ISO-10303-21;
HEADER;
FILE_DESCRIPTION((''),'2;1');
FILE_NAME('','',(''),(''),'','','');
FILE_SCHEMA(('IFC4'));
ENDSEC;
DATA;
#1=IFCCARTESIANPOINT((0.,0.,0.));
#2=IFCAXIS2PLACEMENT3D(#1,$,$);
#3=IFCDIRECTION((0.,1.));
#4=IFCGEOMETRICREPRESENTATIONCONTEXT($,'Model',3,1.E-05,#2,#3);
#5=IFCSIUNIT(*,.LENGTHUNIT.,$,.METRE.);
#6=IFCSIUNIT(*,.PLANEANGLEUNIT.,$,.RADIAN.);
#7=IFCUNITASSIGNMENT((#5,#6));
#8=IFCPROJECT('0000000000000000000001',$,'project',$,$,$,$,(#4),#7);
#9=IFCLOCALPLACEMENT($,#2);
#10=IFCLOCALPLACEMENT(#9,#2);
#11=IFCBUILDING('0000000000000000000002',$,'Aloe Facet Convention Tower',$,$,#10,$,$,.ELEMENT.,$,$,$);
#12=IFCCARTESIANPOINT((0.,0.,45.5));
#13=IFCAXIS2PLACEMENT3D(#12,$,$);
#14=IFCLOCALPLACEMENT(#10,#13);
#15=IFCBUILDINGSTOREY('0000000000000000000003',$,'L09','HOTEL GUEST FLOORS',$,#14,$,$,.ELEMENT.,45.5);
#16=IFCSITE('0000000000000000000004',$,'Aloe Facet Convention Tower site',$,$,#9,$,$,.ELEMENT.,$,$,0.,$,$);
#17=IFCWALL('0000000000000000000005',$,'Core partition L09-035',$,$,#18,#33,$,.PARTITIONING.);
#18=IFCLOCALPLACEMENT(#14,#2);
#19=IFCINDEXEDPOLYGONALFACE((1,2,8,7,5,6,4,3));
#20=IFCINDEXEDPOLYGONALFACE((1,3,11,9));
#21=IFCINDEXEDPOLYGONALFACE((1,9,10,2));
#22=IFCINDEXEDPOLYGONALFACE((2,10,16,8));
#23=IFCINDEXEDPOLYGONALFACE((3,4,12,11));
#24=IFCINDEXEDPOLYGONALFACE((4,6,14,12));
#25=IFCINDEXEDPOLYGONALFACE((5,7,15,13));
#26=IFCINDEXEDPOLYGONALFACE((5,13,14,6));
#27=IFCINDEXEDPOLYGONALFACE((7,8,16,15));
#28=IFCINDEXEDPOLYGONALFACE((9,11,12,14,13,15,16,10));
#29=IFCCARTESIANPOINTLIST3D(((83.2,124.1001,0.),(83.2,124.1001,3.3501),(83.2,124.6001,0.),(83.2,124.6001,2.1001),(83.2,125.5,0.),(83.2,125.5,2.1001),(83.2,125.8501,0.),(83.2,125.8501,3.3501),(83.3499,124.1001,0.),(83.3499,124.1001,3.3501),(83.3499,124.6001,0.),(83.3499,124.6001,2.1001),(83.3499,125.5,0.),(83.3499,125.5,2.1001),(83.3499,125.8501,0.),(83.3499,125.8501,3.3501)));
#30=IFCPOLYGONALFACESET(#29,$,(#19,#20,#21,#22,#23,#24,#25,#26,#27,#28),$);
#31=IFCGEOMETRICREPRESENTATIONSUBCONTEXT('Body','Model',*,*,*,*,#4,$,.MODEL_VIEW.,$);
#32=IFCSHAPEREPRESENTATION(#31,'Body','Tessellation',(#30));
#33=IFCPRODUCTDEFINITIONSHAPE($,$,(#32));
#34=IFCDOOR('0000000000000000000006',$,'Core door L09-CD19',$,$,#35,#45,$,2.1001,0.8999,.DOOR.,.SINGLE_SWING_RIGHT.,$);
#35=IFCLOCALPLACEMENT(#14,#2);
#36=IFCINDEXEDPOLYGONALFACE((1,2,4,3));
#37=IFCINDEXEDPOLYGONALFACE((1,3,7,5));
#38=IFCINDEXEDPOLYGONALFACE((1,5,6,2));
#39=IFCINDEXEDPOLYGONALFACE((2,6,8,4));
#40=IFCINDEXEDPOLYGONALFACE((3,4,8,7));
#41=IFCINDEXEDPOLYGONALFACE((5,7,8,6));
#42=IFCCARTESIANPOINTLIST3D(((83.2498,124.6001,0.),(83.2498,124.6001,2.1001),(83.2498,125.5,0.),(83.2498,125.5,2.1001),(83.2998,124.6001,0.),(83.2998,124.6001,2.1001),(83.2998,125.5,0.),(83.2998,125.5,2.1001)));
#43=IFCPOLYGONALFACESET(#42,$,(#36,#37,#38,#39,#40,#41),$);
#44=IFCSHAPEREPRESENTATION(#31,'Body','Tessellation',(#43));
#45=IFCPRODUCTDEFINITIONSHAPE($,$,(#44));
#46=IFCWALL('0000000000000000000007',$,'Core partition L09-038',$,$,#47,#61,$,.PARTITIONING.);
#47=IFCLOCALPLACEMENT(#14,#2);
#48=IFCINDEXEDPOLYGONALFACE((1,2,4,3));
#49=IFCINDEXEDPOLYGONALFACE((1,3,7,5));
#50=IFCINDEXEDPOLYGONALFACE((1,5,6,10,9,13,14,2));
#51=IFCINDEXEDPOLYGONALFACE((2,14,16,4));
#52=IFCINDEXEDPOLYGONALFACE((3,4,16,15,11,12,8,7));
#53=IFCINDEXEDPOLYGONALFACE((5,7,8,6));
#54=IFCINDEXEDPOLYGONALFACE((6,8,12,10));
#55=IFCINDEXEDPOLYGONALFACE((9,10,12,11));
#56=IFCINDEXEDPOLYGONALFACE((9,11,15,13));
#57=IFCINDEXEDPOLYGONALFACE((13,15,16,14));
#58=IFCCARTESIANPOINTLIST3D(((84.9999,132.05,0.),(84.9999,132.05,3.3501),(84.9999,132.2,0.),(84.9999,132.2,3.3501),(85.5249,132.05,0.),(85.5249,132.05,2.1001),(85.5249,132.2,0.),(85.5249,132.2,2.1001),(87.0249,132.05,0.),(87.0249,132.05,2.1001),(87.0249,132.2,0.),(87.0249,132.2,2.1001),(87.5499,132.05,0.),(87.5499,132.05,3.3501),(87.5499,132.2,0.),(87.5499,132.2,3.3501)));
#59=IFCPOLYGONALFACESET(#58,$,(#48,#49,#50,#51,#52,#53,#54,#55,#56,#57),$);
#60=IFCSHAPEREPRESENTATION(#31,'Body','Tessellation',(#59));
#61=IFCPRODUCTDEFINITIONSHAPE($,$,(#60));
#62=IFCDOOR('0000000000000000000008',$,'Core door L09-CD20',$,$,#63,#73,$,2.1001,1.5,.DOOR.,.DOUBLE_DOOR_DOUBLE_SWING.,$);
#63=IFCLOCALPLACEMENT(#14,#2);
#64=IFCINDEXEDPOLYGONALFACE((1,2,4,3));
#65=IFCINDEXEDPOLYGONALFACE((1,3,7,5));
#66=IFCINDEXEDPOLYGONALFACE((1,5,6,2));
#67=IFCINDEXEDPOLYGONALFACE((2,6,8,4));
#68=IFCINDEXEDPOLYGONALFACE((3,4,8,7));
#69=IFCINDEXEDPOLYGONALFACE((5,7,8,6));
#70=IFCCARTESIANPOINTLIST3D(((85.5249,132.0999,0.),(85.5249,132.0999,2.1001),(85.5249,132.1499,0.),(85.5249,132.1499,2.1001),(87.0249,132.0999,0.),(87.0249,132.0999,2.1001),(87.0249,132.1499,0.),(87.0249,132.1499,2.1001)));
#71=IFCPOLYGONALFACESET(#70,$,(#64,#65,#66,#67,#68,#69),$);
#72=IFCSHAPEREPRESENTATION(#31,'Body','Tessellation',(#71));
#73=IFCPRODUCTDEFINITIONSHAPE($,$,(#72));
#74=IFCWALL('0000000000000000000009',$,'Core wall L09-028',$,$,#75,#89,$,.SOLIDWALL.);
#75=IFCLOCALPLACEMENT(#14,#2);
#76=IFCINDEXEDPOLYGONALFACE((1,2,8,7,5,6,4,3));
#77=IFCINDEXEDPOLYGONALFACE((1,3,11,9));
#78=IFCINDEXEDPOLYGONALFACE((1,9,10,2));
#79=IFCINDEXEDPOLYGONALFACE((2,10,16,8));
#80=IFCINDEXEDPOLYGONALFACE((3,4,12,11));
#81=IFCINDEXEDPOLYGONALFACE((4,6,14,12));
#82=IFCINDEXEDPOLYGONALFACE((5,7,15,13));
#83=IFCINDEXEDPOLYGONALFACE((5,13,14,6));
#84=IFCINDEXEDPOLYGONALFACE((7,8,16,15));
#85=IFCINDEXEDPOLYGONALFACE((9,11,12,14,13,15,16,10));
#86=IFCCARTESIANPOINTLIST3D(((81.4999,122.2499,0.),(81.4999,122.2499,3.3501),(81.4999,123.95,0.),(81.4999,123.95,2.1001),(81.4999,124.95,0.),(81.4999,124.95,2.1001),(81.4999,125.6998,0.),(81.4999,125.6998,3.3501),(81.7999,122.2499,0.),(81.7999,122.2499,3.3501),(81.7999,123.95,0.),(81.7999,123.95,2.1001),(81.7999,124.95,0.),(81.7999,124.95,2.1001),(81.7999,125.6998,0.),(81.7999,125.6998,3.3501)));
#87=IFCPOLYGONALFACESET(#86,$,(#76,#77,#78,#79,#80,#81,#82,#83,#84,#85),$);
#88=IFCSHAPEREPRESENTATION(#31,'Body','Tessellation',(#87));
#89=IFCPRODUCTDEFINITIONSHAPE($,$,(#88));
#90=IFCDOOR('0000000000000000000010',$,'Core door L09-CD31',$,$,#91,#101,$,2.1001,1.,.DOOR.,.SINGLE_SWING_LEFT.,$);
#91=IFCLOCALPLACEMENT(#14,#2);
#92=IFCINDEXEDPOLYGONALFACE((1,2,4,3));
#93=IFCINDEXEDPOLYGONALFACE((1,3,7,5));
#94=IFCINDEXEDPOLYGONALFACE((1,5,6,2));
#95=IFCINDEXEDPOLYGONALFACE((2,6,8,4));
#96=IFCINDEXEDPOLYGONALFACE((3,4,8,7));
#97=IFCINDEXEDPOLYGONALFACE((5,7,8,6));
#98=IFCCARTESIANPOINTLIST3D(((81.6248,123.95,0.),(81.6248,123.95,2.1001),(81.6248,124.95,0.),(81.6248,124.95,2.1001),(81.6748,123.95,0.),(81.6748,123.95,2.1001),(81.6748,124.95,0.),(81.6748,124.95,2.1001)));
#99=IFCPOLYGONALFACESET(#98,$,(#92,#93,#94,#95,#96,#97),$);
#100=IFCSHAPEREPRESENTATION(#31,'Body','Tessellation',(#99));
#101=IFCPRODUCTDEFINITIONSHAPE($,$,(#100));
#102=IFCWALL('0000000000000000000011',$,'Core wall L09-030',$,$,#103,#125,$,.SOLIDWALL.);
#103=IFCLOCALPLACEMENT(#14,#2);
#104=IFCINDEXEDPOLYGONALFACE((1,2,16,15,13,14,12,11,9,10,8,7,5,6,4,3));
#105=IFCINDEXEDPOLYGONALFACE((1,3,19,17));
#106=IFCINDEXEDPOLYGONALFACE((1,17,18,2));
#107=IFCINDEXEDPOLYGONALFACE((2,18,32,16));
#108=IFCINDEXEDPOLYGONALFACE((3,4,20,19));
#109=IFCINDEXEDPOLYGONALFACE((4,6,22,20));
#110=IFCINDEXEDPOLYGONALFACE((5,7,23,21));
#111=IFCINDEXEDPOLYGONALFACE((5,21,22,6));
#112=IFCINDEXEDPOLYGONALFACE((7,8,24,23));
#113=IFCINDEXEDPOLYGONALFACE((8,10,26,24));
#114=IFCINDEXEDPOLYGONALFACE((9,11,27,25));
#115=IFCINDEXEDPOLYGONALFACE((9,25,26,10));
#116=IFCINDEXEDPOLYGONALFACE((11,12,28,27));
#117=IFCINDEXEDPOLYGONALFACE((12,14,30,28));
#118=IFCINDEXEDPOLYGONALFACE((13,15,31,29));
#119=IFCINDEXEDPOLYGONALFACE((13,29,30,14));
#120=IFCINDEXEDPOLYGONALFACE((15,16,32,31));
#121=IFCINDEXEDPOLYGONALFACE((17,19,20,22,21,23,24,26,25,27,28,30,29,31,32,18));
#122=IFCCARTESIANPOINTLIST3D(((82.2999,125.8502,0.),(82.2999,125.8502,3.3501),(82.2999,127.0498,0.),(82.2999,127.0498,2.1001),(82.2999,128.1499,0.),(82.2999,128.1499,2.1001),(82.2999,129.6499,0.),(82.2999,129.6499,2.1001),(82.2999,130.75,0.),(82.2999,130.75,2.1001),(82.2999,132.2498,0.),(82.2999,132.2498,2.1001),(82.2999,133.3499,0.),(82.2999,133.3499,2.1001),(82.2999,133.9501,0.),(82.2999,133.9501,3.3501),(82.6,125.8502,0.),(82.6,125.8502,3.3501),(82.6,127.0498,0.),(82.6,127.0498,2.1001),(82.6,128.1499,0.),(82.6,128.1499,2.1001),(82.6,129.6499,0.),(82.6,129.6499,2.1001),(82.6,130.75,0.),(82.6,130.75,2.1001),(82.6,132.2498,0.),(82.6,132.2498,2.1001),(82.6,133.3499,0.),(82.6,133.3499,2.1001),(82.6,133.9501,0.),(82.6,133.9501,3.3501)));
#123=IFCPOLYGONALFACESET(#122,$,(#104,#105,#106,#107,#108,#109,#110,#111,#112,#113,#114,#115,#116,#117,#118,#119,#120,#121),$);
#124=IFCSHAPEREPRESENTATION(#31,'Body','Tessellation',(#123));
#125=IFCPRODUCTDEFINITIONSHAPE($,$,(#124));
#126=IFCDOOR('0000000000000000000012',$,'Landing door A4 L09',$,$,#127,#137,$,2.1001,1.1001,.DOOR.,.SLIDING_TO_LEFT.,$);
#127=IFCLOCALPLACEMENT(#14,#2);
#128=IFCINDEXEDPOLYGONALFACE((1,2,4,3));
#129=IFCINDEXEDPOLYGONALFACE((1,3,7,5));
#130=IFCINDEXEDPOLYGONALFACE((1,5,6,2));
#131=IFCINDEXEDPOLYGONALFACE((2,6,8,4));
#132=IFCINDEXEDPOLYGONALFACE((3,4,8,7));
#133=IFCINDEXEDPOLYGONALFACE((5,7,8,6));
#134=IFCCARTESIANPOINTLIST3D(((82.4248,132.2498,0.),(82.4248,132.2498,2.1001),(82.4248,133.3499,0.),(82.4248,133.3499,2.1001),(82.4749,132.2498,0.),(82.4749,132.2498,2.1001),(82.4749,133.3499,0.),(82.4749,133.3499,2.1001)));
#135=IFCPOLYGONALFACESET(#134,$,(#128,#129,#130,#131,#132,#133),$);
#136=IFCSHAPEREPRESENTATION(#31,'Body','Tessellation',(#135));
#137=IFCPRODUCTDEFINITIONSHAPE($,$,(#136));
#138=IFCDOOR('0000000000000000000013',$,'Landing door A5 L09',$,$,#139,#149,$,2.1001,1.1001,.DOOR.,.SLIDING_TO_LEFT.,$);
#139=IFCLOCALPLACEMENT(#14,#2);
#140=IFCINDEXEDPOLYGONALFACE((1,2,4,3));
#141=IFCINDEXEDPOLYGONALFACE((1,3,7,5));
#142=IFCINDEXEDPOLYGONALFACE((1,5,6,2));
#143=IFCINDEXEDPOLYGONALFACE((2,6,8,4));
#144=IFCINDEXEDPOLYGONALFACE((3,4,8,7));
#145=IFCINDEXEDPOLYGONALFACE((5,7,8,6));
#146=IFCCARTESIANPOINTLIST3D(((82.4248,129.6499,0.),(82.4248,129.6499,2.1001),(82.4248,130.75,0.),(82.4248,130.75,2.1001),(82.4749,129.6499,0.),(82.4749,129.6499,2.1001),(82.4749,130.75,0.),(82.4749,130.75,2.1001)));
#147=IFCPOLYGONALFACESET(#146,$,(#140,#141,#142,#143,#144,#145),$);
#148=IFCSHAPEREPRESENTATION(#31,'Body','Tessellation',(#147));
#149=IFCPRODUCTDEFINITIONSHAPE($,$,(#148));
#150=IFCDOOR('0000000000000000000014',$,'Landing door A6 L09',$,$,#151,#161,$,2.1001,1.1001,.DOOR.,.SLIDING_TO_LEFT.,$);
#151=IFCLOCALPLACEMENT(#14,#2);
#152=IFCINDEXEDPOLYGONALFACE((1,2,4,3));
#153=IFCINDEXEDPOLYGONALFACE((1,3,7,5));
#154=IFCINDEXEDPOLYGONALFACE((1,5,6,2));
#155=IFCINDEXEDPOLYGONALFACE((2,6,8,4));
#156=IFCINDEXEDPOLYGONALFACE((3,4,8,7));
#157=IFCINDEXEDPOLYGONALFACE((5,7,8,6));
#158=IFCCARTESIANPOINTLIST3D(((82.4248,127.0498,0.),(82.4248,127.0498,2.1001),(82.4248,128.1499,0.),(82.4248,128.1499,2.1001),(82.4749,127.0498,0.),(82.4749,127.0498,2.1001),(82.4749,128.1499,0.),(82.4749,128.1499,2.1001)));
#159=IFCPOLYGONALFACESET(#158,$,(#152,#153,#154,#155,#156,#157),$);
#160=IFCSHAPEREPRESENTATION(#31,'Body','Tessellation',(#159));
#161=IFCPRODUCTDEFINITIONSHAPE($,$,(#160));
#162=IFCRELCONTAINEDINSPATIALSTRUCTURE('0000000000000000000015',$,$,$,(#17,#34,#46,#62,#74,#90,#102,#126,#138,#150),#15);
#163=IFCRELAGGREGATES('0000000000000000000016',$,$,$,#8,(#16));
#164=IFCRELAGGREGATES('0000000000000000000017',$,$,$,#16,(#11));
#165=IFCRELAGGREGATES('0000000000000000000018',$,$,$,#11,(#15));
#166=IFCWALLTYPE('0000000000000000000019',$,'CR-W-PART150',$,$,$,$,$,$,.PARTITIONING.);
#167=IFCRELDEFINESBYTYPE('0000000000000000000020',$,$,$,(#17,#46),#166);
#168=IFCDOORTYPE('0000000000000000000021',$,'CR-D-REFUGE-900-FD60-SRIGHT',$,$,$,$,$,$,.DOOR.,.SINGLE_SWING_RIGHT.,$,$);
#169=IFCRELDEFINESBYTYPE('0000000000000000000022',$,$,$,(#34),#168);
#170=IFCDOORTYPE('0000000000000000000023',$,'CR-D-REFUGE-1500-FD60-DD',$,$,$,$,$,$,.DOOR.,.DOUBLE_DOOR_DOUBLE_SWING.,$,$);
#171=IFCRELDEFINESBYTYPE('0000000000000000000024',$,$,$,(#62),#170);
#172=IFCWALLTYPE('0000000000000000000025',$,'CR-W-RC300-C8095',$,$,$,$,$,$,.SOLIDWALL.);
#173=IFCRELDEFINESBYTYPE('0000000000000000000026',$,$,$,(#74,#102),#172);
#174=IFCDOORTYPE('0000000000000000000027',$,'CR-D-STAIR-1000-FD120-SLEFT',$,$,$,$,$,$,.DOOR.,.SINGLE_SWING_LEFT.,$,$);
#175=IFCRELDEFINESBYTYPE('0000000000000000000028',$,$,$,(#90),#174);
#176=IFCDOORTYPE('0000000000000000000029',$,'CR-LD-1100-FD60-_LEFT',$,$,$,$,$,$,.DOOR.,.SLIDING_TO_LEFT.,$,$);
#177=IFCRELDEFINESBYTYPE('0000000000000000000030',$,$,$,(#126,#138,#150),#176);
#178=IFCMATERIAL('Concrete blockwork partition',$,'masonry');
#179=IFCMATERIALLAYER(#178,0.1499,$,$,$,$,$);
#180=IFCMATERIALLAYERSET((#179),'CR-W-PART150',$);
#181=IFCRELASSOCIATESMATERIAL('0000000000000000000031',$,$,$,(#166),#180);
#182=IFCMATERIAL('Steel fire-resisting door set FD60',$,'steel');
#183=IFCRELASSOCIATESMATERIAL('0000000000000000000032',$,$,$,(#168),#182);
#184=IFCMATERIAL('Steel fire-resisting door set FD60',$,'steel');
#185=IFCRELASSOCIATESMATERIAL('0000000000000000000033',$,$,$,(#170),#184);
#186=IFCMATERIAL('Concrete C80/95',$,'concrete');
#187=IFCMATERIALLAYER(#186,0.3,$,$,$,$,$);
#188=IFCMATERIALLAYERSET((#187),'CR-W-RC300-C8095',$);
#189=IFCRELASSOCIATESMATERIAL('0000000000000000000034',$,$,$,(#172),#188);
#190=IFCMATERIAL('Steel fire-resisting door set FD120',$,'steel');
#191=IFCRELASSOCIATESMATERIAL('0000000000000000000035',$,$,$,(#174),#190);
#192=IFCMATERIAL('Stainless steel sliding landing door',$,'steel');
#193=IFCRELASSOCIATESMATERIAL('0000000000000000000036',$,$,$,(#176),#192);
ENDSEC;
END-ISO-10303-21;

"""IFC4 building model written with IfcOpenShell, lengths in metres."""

from ifc_helpers import new_model, si_unit, direction, frame, frame_2d, origin, place, context, subcontext, project, spatial, rectangle, extrude, material, layer, layer_set, type_object, element, fill, save


model = new_model("IFC4")

# Units and contexts
model_context = context("Model", 3, precision=1e-05, world=origin(), true_north=direction((0.0, 1.0)))
body_context = subcontext(model_context, "Body", "Model", "MODEL_VIEW")
ifc_project = project(units=[si_unit("LENGTHUNIT", "METRE"), si_unit("PLANEANGLEUNIT", "RADIAN")], contexts=[model_context])

# Site, building, storey
site_placement = place(None, origin())
site = spatial("IfcSite", under=ifc_project, at=site_placement, Name="Aloe Facet Convention Tower site", CompositionType="ELEMENT", RefElevation=0.0)
building_placement = place(site_placement, origin())
building = spatial("IfcBuilding", under=site, at=building_placement, Name="Aloe Facet Convention Tower", CompositionType="ELEMENT")
storey_placement = place(building_placement, frame((0.0, 0.0, 45.5)))
storey = spatial("IfcBuildingStorey", under=building, at=storey_placement, Name="L09", Description="HOTEL GUEST FLOORS", CompositionType="ELEMENT", Elevation=45.5)

# Walls, openings, doors
ifc_material_1 = material(Name="Concrete blockwork partition", Category="masonry")
ifc_layer_1 = layer(ifc_material_1, 0.1499)
ifc_layer_set_1 = layer_set([ifc_layer_1], Name="CR-W-PART150")
wall_type_1 = type_object("IfcWallType", Name="CR-W-PART150", PredefinedType="PARTITIONING", material=ifc_layer_set_1)
wall_1_placement = place(storey_placement, frame((83.2749, 125.8501, 0.0), z_axis=(0.0, 0.0, 1.0), x_axis=(0.0, -1.0, 0.0)))
wall_1 = element("IfcWall", 1, at=wall_1_placement, inside=storey, type_object=wall_type_1, Name="Core partition L09-035", PredefinedType="PARTITIONING", context=body_context, shape_type="SweptSolid", body=[
    extrude(rectangle(XDim=1.75, YDim=0.1499, at=frame_2d((0.875, 0.0))), origin(), (0.0, 0.0, 1.0), 3.3501),
])
opening_1_placement = place(wall_1_placement, frame((0.3501, 0.0, 0.0)))
opening_1 = element("IfcOpeningElement", 2, at=opening_1_placement, cuts=wall_1, PredefinedType="OPENING", context=body_context, shape_type="SweptSolid", body=[
    extrude(rectangle(XDim=0.8999, YDim=2.1001, at=frame_2d((0.45, 1.05))), frame((0.0, 0.085, 0.0), z_axis=(0.0, -1.0, 0.0), x_axis=(1.0, 0.0, 0.0)), (0.0, 0.0, 1.0), 0.1699),
])
ifc_material_2 = material(Name="Steel fire-resisting door set FD60", Category="steel")
door_type_1 = type_object("IfcDoorType", Name="CR-D-REFUGE-900-FD60-SRIGHT", OperationType="SINGLE_SWING_RIGHT", PredefinedType="DOOR", material=ifc_material_2)
door_1_placement = place(opening_1_placement, origin())
door_1 = element("IfcDoor", 3, at=door_1_placement, inside=storey, type_object=door_type_1, Name="Core door L09-CD19", OperationType="SINGLE_SWING_RIGHT", OverallHeight=2.1001, OverallWidth=0.8999, PredefinedType="DOOR", context=body_context, shape_type="SweptSolid", body=[
    extrude(rectangle(XDim=0.8999, YDim=2.1001, at=frame_2d((0.45, 1.05))), frame((0.0, 0.0249, 0.0), z_axis=(0.0, -1.0, 0.0), x_axis=(1.0, 0.0, 0.0)), (0.0, 0.0, 1.0), 0.05),
])
fill(opening_1, door_1)
wall_2_placement = place(storey_placement, frame((85.0, 132.125, 0.0), z_axis=(0.0, 0.0, 1.0), x_axis=(1.0, 0.0, 0.0)))
wall_2 = element("IfcWall", 4, at=wall_2_placement, inside=storey, type_object=wall_type_1, Name="Core partition L09-038", PredefinedType="PARTITIONING", context=body_context, shape_type="SweptSolid", body=[
    extrude(rectangle(XDim=2.55, YDim=0.1499, at=frame_2d((1.2749, 0.0))), origin(), (0.0, 0.0, 1.0), 3.3501),
])
opening_2_placement = place(wall_2_placement, frame((0.5249, 0.0, 0.0)))
opening_2 = element("IfcOpeningElement", 5, at=opening_2_placement, cuts=wall_2, PredefinedType="OPENING", context=body_context, shape_type="SweptSolid", body=[
    extrude(rectangle(XDim=1.5, YDim=2.1001, at=frame_2d((0.75, 1.05))), frame((0.0, 0.085, 0.0), z_axis=(0.0, -1.0, 0.0), x_axis=(1.0, 0.0, 0.0)), (0.0, 0.0, 1.0), 0.1699),
])
ifc_material_3 = material(Name="Steel fire-resisting door set FD60", Category="steel")
door_type_2 = type_object("IfcDoorType", Name="CR-D-REFUGE-1500-FD60-DD", OperationType="DOUBLE_DOOR_DOUBLE_SWING", PredefinedType="DOOR", material=ifc_material_3)
door_2_placement = place(opening_2_placement, origin())
door_2 = element("IfcDoor", 6, at=door_2_placement, inside=storey, type_object=door_type_2, Name="Core door L09-CD20", OperationType="DOUBLE_DOOR_DOUBLE_SWING", OverallHeight=2.1001, OverallWidth=1.5, PredefinedType="DOOR", context=body_context, shape_type="SweptSolid", body=[
    extrude(rectangle(XDim=1.5, YDim=2.1001, at=frame_2d((0.75, 1.05))), frame((0.0, 0.0249, 0.0), z_axis=(0.0, -1.0, 0.0), x_axis=(1.0, 0.0, 0.0)), (0.0, 0.0, 1.0), 0.05),
])
fill(opening_2, door_2)
ifc_material_4 = material(Name="Concrete C80/95", Category="concrete")
ifc_layer_2 = layer(ifc_material_4, 0.3)
ifc_layer_set_2 = layer_set([ifc_layer_2], Name="CR-W-RC300-C8095")
wall_type_2 = type_object("IfcWallType", Name="CR-W-RC300-C8095", PredefinedType="SOLIDWALL", material=ifc_layer_set_2)
wall_3_placement = place(storey_placement, frame((81.6499, 125.7, 0.0), z_axis=(0.0, 0.0, 1.0), x_axis=(0.0, -1.0, 0.0)))
wall_3 = element("IfcWall", 7, at=wall_3_placement, inside=storey, type_object=wall_type_2, Name="Core wall L09-028", PredefinedType="SOLIDWALL", context=body_context, shape_type="SweptSolid", body=[
    extrude(rectangle(XDim=3.45, YDim=0.3, at=frame_2d((1.7251, 0.0))), origin(), (0.0, 0.0, 1.0), 3.3501),
])
opening_3_placement = place(wall_3_placement, frame((0.75, 0.0, 0.0)))
opening_3 = element("IfcOpeningElement", 8, at=opening_3_placement, cuts=wall_3, PredefinedType="OPENING", context=body_context, shape_type="SweptSolid", body=[
    extrude(rectangle(XDim=1.0, YDim=2.1001, at=frame_2d((0.5, 1.05))), frame((0.0, 0.1602, 0.0), z_axis=(0.0, -1.0, 0.0), x_axis=(1.0, 0.0, 0.0)), (0.0, 0.0, 1.0), 0.3201),
])
ifc_material_5 = material(Name="Steel fire-resisting door set FD120", Category="steel")
door_type_3 = type_object("IfcDoorType", Name="CR-D-STAIR-1000-FD120-SLEFT", OperationType="SINGLE_SWING_LEFT", PredefinedType="DOOR", material=ifc_material_5)
door_3_placement = place(opening_3_placement, origin())
door_3 = element("IfcDoor", 9, at=door_3_placement, inside=storey, type_object=door_type_3, Name="Core door L09-CD31", OperationType="SINGLE_SWING_LEFT", OverallHeight=2.1001, OverallWidth=1.0, PredefinedType="DOOR", context=body_context, shape_type="SweptSolid", body=[
    extrude(rectangle(XDim=1.0, YDim=2.1001, at=frame_2d((0.5, 1.05))), frame((0.0, 0.0249, 0.0), z_axis=(0.0, -1.0, 0.0), x_axis=(1.0, 0.0, 0.0)), (0.0, 0.0, 1.0), 0.05),
])
fill(opening_3, door_3)

# Wall, openings, doors
wall_4_placement = place(storey_placement, frame((82.45, 133.95, 0.0), z_axis=(0.0, 0.0, 1.0), x_axis=(0.0, -1.0, 0.0)))
wall_4 = element("IfcWall", 10, at=wall_4_placement, inside=storey, type_object=wall_type_2, Name="Core wall L09-030", PredefinedType="SOLIDWALL", context=body_context, shape_type="SweptSolid", body=[
    extrude(rectangle(XDim=8.0999, YDim=0.3, at=frame_2d((4.0498, 0.0))), origin(), (0.0, 0.0, 1.0), 3.3501),
])
opening_4_placement = place(wall_4_placement, frame((0.6001, 0.0, 0.0)))
opening_4 = element("IfcOpeningElement", 11, at=opening_4_placement, cuts=wall_4, PredefinedType="OPENING", context=body_context, shape_type="SweptSolid", body=[
    extrude(rectangle(XDim=1.1001, YDim=2.1001, at=frame_2d((0.55, 1.05))), frame((0.0, 0.1602, 0.0), z_axis=(0.0, -1.0, 0.0), x_axis=(1.0, 0.0, 0.0)), (0.0, 0.0, 1.0), 0.3201),
])
opening_5_placement = place(wall_4_placement, frame((3.2, 0.0, 0.0)))
opening_5 = element("IfcOpeningElement", 12, at=opening_5_placement, cuts=wall_4, PredefinedType="OPENING", context=body_context, shape_type="SweptSolid", body=[
    extrude(rectangle(XDim=1.1001, YDim=2.1001, at=frame_2d((0.55, 1.05))), frame((0.0, 0.1602, 0.0), z_axis=(0.0, -1.0, 0.0), x_axis=(1.0, 0.0, 0.0)), (0.0, 0.0, 1.0), 0.3201),
])
opening_6_placement = place(wall_4_placement, frame((5.8, 0.0, 0.0)))
opening_6 = element("IfcOpeningElement", 13, at=opening_6_placement, cuts=wall_4, PredefinedType="OPENING", context=body_context, shape_type="SweptSolid", body=[
    extrude(rectangle(XDim=1.1001, YDim=2.1001, at=frame_2d((0.55, 1.05))), frame((0.0, 0.1602, 0.0), z_axis=(0.0, -1.0, 0.0), x_axis=(1.0, 0.0, 0.0)), (0.0, 0.0, 1.0), 0.3201),
])
ifc_material_6 = material(Name="Stainless steel sliding landing door", Category="steel")
door_type_4 = type_object("IfcDoorType", Name="CR-LD-1100-FD60-_LEFT", OperationType="SLIDING_TO_LEFT", PredefinedType="DOOR", material=ifc_material_6)
door_4_placement = place(opening_4_placement, origin())
door_4 = element("IfcDoor", 14, at=door_4_placement, inside=storey, type_object=door_type_4, Name="Landing door A4 L09", OperationType="SLIDING_TO_LEFT", OverallHeight=2.1001, OverallWidth=1.1001, PredefinedType="DOOR", context=body_context, shape_type="SweptSolid", body=[
    extrude(rectangle(XDim=1.1001, YDim=2.1001, at=frame_2d((0.55, 1.05))), frame((0.0, 0.0249, 0.0), z_axis=(0.0, -1.0, 0.0), x_axis=(1.0, 0.0, 0.0)), (0.0, 0.0, 1.0), 0.05),
])
fill(opening_4, door_4)
door_5_placement = place(opening_5_placement, origin())
door_5 = element("IfcDoor", 15, at=door_5_placement, inside=storey, type_object=door_type_4, Name="Landing door A5 L09", OperationType="SLIDING_TO_LEFT", OverallHeight=2.1001, OverallWidth=1.1001, PredefinedType="DOOR", context=body_context, shape_type="SweptSolid", body=[
    extrude(rectangle(XDim=1.1001, YDim=2.1001, at=frame_2d((0.55, 1.05))), frame((0.0, 0.0249, 0.0), z_axis=(0.0, -1.0, 0.0), x_axis=(1.0, 0.0, 0.0)), (0.0, 0.0, 1.0), 0.05),
])
fill(opening_5, door_5)
door_6_placement = place(opening_6_placement, origin())
door_6 = element("IfcDoor", 16, at=door_6_placement, inside=storey, type_object=door_type_4, Name="Landing door A6 L09", OperationType="SLIDING_TO_LEFT", OverallHeight=2.1001, OverallWidth=1.1001, PredefinedType="DOOR", context=body_context, shape_type="SweptSolid", body=[
    extrude(rectangle(XDim=1.1001, YDim=2.1001, at=frame_2d((0.55, 1.05))), frame((0.0, 0.0249, 0.0), z_axis=(0.0, -1.0, 0.0), x_axis=(1.0, 0.0, 0.0)), (0.0, 0.0, 1.0), 0.05),
])
fill(opening_6, door_6)

save(model, "model.ifc")
